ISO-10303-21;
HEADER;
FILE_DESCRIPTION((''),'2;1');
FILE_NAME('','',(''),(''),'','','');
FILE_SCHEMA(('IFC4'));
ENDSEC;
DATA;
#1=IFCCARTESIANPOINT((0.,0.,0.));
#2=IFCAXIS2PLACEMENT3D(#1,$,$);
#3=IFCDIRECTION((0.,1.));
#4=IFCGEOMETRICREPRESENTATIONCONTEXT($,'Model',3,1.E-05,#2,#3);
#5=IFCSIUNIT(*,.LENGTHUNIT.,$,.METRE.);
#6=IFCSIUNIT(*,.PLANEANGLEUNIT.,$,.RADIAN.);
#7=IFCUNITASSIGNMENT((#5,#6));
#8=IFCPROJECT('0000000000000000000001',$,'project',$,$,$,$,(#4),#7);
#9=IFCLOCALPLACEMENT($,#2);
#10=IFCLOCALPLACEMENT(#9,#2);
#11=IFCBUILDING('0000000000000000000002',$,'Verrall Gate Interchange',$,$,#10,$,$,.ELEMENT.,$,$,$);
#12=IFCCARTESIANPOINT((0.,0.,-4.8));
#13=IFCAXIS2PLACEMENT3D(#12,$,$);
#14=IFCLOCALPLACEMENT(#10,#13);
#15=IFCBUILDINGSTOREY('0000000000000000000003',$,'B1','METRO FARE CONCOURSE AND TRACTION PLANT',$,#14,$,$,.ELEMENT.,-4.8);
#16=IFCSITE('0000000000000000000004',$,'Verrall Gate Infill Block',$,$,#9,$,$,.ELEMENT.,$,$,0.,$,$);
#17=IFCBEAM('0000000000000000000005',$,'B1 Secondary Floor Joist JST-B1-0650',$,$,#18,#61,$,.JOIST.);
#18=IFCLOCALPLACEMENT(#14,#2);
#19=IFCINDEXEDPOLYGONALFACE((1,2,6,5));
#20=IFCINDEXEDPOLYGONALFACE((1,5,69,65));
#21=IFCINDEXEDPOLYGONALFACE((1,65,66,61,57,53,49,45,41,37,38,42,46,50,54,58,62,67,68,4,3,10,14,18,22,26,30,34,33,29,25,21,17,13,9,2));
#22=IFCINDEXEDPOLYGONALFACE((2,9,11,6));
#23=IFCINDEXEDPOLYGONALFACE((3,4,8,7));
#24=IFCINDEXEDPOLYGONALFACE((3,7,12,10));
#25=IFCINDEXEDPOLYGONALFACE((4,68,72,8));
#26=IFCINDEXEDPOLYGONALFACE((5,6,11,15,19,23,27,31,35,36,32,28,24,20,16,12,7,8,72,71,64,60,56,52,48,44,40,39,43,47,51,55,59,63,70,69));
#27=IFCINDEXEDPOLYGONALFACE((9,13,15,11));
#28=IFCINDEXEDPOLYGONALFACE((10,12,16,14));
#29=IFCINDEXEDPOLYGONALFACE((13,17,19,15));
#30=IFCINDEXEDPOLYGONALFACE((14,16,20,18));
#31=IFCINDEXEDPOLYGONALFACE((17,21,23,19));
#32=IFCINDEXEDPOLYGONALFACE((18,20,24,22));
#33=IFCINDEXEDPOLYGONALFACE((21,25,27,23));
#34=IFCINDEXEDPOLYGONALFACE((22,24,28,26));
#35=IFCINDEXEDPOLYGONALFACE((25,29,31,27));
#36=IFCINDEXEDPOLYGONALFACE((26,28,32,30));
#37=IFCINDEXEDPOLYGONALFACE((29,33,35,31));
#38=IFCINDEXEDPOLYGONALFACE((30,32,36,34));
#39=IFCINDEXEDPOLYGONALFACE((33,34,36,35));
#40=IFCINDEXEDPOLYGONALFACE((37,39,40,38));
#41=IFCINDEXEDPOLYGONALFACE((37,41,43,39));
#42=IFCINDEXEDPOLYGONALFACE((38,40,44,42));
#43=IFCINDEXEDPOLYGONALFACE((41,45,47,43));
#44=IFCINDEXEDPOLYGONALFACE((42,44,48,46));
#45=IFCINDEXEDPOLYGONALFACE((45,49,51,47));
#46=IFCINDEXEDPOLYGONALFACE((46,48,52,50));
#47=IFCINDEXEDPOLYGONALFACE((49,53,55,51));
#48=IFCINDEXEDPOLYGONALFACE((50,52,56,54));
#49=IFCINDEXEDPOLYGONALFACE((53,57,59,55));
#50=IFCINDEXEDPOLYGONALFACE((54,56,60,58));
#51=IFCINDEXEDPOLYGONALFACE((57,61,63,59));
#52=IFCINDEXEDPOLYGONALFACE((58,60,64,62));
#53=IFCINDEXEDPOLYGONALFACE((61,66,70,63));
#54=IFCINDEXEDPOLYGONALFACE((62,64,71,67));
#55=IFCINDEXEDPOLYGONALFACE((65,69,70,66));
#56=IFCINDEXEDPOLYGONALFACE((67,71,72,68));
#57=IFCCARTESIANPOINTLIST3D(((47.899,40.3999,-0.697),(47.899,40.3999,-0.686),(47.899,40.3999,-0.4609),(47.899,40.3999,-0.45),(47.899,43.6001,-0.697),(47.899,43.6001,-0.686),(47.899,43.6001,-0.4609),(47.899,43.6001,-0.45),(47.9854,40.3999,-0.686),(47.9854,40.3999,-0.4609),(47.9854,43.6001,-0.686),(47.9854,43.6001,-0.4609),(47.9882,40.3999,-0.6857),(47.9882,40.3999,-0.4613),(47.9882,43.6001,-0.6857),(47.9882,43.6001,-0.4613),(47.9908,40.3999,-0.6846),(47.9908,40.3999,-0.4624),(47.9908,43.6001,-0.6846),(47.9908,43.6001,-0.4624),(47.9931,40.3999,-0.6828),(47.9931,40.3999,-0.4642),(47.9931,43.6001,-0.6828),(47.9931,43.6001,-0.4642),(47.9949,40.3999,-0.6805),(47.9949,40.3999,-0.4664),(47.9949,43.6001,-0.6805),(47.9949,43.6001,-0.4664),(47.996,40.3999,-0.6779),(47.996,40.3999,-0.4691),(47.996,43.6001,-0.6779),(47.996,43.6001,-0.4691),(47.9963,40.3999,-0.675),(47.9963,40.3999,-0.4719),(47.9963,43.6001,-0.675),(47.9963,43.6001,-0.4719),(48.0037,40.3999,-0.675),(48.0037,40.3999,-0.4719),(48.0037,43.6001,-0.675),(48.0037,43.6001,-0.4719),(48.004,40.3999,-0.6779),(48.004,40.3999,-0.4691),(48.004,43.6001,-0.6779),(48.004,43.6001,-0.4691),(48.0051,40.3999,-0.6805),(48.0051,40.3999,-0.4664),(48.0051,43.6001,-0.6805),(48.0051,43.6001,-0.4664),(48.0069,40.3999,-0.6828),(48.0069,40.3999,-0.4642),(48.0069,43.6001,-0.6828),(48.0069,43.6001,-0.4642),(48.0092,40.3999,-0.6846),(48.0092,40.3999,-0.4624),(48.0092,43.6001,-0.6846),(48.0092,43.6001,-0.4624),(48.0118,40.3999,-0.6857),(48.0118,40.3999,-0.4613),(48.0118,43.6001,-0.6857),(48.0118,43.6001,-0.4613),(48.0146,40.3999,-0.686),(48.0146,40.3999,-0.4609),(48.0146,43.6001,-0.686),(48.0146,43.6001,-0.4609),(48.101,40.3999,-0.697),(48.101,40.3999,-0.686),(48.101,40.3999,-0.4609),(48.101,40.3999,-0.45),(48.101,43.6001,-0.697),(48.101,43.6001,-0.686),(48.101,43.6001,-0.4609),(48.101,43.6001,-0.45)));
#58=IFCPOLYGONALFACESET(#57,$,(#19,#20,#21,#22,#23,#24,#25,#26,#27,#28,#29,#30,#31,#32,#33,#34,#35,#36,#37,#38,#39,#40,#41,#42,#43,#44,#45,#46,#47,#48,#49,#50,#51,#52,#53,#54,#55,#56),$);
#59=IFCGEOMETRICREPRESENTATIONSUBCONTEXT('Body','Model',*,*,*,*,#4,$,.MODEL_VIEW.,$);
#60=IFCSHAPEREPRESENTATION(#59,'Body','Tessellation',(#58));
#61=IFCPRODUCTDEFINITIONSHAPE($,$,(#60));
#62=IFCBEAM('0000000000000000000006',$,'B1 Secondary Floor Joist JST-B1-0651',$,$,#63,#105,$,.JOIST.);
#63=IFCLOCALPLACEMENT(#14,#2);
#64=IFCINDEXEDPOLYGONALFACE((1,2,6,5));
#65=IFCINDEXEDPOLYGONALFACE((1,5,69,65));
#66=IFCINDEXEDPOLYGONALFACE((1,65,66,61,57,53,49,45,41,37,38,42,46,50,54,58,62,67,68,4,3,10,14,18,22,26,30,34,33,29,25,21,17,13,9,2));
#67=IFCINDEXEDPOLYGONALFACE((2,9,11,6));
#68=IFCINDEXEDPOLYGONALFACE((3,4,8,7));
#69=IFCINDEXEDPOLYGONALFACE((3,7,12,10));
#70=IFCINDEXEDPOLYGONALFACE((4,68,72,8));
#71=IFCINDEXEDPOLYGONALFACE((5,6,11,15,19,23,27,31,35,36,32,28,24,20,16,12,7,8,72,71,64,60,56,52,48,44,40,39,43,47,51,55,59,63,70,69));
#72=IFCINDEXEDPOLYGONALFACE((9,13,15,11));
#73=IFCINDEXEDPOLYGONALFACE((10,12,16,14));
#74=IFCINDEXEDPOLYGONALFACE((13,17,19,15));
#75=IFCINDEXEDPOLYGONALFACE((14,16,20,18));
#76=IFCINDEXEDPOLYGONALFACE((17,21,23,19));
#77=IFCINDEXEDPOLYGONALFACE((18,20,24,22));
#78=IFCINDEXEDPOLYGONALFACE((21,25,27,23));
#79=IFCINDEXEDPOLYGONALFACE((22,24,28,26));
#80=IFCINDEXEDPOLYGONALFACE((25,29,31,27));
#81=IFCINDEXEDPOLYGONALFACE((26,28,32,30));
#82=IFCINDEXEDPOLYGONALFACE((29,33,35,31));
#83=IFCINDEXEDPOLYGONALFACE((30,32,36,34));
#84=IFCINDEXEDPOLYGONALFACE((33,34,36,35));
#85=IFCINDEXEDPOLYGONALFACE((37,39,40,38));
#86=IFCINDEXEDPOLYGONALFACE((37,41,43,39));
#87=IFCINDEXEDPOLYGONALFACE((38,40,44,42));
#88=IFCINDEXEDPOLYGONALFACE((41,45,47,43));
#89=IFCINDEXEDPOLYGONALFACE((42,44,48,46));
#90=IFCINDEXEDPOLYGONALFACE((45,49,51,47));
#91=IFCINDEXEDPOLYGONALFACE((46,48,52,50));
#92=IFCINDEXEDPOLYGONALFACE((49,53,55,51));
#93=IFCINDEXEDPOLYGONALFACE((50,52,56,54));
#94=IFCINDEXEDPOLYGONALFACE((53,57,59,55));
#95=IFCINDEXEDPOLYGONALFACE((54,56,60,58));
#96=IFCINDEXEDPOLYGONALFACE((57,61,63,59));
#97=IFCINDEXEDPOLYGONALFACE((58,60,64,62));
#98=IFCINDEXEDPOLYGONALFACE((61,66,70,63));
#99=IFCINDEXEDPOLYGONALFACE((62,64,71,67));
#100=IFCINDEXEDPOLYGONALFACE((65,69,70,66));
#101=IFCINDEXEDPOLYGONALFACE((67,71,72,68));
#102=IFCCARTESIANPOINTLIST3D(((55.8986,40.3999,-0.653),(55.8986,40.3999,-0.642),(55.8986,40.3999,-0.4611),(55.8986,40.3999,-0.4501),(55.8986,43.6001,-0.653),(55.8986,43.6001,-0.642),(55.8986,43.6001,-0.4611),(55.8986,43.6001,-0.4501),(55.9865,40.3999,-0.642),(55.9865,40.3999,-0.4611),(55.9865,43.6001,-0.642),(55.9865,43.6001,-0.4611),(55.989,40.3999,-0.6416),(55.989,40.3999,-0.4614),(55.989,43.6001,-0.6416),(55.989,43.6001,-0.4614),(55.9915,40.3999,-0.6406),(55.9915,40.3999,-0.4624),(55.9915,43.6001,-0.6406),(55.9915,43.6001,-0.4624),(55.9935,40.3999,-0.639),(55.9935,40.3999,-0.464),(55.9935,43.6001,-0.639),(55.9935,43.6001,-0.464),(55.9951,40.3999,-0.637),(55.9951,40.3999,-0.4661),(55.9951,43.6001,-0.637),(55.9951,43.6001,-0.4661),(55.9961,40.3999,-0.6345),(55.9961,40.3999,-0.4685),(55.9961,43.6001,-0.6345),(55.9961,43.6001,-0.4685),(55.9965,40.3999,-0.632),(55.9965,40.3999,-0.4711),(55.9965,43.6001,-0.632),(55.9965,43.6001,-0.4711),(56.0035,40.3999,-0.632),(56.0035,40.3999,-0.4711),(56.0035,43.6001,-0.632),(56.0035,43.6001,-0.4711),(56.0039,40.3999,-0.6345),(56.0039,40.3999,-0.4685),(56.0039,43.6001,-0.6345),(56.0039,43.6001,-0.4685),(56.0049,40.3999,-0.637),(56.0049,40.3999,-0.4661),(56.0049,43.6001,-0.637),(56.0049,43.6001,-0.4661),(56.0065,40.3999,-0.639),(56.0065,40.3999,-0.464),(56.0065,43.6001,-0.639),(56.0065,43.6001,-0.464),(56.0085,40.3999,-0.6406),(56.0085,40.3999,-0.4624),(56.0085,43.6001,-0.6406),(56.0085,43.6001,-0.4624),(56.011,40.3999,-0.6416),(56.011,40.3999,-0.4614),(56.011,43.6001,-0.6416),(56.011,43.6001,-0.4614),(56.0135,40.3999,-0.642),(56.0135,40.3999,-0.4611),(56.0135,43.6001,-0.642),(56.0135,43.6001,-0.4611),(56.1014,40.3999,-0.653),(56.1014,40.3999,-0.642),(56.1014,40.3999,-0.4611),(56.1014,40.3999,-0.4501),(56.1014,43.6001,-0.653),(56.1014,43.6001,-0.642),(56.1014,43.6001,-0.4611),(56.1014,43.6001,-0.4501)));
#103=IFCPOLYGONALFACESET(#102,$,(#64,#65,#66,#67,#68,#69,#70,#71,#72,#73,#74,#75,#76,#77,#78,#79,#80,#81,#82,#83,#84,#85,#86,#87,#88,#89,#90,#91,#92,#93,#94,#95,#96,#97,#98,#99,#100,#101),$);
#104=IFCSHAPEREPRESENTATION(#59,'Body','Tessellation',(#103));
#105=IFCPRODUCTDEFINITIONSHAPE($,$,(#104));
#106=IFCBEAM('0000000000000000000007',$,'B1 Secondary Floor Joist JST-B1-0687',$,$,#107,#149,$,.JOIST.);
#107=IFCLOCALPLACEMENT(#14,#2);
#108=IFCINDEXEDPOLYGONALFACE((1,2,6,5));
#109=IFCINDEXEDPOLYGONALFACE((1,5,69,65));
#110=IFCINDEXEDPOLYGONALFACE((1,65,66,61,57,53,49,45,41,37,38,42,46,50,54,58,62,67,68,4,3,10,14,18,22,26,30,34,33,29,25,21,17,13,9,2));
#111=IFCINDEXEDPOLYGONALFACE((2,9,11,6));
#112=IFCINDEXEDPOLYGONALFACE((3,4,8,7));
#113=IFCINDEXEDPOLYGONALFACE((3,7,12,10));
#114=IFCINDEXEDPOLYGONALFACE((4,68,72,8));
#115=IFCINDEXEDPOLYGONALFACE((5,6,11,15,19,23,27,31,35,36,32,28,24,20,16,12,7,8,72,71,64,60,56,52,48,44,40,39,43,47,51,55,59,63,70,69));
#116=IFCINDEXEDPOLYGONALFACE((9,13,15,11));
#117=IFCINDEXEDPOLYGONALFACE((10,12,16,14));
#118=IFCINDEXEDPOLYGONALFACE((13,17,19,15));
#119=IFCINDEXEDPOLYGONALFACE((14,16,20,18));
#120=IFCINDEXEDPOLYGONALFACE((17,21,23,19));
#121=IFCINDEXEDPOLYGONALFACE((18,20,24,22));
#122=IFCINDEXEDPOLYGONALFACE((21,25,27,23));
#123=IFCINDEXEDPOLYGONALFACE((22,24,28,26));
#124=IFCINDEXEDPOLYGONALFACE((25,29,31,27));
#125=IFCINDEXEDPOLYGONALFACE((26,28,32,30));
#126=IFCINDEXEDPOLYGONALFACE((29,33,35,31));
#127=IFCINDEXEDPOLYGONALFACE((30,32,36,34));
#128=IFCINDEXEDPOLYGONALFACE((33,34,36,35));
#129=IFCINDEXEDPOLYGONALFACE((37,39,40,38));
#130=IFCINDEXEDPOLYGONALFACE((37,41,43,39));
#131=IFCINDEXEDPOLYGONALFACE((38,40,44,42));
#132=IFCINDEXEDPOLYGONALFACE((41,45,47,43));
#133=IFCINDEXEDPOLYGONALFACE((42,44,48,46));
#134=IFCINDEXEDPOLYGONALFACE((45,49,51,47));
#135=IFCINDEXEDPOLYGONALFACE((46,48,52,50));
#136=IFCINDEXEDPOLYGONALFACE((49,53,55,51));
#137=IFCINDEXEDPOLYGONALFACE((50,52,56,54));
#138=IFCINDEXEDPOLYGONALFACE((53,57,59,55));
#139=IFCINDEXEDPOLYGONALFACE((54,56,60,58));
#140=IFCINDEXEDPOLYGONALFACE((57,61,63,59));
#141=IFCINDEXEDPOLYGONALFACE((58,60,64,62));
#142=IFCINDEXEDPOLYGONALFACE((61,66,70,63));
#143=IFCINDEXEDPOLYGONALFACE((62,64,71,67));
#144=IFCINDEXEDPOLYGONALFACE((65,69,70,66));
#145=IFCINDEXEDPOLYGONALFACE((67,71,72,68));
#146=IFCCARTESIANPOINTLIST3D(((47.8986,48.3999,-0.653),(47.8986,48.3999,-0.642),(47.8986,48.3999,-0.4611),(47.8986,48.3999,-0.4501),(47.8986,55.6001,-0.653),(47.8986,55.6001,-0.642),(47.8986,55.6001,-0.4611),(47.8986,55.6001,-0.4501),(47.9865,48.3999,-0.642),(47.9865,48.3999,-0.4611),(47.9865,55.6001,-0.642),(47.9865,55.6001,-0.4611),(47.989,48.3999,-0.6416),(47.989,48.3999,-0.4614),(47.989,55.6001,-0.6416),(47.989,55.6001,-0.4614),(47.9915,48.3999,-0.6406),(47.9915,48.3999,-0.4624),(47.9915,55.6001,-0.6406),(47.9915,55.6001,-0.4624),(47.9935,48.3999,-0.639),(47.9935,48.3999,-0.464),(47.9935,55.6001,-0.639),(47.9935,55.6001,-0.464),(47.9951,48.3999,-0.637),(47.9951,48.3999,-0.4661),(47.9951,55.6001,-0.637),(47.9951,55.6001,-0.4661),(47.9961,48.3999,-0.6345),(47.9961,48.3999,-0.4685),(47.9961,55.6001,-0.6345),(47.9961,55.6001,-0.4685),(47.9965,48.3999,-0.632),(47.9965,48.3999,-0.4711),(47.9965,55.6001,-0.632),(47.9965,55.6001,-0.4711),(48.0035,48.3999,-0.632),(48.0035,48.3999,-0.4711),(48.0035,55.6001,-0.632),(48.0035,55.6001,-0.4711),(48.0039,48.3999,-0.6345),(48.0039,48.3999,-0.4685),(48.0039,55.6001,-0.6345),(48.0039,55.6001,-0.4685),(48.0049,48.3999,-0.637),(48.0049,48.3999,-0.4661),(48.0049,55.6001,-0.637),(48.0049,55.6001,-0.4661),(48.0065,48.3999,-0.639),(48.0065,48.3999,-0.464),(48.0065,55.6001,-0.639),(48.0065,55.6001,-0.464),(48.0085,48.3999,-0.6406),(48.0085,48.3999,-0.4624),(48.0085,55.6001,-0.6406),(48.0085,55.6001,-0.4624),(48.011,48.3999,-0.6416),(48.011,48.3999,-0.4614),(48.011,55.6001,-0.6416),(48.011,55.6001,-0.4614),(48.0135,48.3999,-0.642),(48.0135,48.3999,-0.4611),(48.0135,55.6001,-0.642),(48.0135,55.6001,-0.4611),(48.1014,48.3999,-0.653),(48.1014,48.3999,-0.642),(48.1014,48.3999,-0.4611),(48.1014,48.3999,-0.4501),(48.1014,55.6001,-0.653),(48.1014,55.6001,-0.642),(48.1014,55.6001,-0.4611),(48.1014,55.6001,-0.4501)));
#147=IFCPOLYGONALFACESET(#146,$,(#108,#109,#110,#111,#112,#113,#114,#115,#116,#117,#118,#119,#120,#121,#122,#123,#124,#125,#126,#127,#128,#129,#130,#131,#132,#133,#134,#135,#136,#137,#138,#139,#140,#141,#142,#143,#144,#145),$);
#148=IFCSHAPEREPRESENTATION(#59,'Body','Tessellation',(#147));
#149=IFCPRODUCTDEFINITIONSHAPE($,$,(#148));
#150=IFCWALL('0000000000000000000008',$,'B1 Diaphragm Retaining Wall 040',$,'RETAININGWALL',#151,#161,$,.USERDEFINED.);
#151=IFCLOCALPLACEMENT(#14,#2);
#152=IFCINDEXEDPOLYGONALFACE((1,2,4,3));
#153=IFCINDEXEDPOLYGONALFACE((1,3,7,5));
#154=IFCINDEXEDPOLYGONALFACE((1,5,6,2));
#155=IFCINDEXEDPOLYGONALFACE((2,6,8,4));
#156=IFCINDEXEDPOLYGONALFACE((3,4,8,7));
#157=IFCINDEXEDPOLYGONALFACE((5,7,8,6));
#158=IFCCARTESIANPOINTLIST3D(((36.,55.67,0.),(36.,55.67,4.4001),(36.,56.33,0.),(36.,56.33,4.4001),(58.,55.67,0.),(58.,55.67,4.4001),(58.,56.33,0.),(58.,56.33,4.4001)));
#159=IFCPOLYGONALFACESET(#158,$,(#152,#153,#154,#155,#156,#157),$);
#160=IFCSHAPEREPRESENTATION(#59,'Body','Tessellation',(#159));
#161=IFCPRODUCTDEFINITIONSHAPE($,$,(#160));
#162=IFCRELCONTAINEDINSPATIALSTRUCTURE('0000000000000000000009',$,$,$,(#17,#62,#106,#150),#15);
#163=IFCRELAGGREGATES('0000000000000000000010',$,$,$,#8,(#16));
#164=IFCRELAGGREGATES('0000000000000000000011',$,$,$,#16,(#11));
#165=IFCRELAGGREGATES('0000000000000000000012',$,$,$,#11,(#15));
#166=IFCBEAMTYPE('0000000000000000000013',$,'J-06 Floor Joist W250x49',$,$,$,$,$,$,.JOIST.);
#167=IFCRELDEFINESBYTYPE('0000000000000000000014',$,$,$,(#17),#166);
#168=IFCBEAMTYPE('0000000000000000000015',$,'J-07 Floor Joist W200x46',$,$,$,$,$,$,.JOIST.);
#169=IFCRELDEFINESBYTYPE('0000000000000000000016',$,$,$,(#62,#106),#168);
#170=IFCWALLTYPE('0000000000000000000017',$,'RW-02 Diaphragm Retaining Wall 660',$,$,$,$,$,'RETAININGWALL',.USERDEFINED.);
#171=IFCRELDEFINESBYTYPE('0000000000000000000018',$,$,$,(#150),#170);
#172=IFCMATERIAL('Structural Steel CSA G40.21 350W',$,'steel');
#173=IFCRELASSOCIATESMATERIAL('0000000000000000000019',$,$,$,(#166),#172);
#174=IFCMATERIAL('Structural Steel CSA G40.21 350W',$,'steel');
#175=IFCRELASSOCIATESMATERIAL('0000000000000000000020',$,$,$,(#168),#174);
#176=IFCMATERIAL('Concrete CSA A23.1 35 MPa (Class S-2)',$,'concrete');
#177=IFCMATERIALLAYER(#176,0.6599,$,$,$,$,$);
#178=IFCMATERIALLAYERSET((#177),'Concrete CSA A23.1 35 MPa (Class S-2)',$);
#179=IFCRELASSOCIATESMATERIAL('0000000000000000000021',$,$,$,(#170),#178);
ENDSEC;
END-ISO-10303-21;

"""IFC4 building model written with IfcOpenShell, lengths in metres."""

from ifc_helpers import new_model, si_unit, direction, frame, frame_2d, origin, origin_2d, place, context, subcontext, project, spatial, rectangle, i_section, extrude, material, layer, layer_set, material_profile, profile_set, type_object, element, save


model = new_model("IFC4")

# Units and contexts
model_context = context("Model", 3, precision=1e-05, world=origin(), true_north=direction((0.0, 1.0)))
body_context = subcontext(model_context, "Body", "Model", "MODEL_VIEW")
ifc_project = project(units=[si_unit("LENGTHUNIT", "METRE"), si_unit("PLANEANGLEUNIT", "RADIAN")], contexts=[model_context])

# Site, building, storey
site_placement = place(None, origin())
site = spatial("IfcSite", under=ifc_project, at=site_placement, Name="Verrall Gate Infill Block", CompositionType="ELEMENT", RefElevation=0.0)
building_placement = place(site_placement, origin())
building = spatial("IfcBuilding", under=site, at=building_placement, Name="Verrall Gate Interchange", CompositionType="ELEMENT")
storey_placement = place(building_placement, frame((0.0, 0.0, -4.8)))
storey = spatial("IfcBuildingStorey", under=building, at=storey_placement, Name="B1", Description="METRO FARE CONCOURSE AND TRACTION PLANT", CompositionType="ELEMENT", Elevation=-4.8)

# Beams
ifc_material_1 = material(Name="Structural Steel CSA G40.21 350W", Category="steel")
ifc_material_profile_1 = material_profile(ifc_material_1, i_section(OverallWidth=0.2019, OverallDepth=0.2471, WebThickness=0.0073, FlangeThickness=0.011, FilletRadius=0.011, at=origin_2d()), Name="W250x49")
ifc_profile_set_1 = profile_set([ifc_material_profile_1], Name="Structural Steel CSA G40.21 350W")
beam_type_1 = type_object("IfcBeamType", Name="J-06 Floor Joist W250x49", PredefinedType="JOIST", material=ifc_profile_set_1)
beam_1_placement = place(storey_placement, frame((48.0, 40.3999, -0.5735), z_axis=(0.0, 1.0, 0.0), x_axis=(-1.0, 0.0, 0.0)))
element("IfcBeam", 1, at=beam_1_placement, inside=storey, type_object=beam_type_1, Name="B1 Secondary Floor Joist JST-B1-0650", PredefinedType="JOIST", context=body_context, shape_type="SweptSolid", body=[
    extrude(i_section(OverallWidth=0.2019, OverallDepth=0.2471, WebThickness=0.0073, FlangeThickness=0.011, FilletRadius=0.011, at=origin_2d()), origin(), (0.0, 0.0, 1.0), 3.2002),
])
ifc_material_2 = material(Name="Structural Steel CSA G40.21 350W", Category="steel")
ifc_material_profile_2 = material_profile(ifc_material_2, i_section(OverallWidth=0.2029, OverallDepth=0.2029, WebThickness=0.0071, FlangeThickness=0.011, FilletRadius=0.01, at=origin_2d()), Name="W200x46")
ifc_profile_set_2 = profile_set([ifc_material_profile_2], Name="Structural Steel CSA G40.21 350W")
beam_type_2 = type_object("IfcBeamType", Name="J-07 Floor Joist W200x46", PredefinedType="JOIST", material=ifc_profile_set_2)
beam_2_placement = place(storey_placement, frame((56.0, 40.3999, -0.5515), z_axis=(0.0, 1.0, 0.0), x_axis=(-1.0, 0.0, 0.0)))
element("IfcBeam", 2, at=beam_2_placement, inside=storey, type_object=beam_type_2, Name="B1 Secondary Floor Joist JST-B1-0651", PredefinedType="JOIST", context=body_context, shape_type="SweptSolid", body=[
    extrude(i_section(OverallWidth=0.2029, OverallDepth=0.2029, WebThickness=0.0071, FlangeThickness=0.011, FilletRadius=0.01, at=origin_2d()), origin(), (0.0, 0.0, 1.0), 3.2002),
])
beam_3_placement = place(storey_placement, frame((48.0, 48.3999, -0.5515), z_axis=(0.0, 1.0, 0.0), x_axis=(-1.0, 0.0, 0.0)))
element("IfcBeam", 3, at=beam_3_placement, inside=storey, type_object=beam_type_2, Name="B1 Secondary Floor Joist JST-B1-0687", PredefinedType="JOIST", context=body_context, shape_type="SweptSolid", body=[
    extrude(i_section(OverallWidth=0.2029, OverallDepth=0.2029, WebThickness=0.0071, FlangeThickness=0.011, FilletRadius=0.01, at=origin_2d()), origin(), (0.0, 0.0, 1.0), 7.2002),
])

# Wall
ifc_material_3 = material(Name="Concrete CSA A23.1 35 MPa (Class S-2)", Category="concrete")
ifc_layer = layer(ifc_material_3, 0.6599)
ifc_layer_set = layer_set([ifc_layer], Name="Concrete CSA A23.1 35 MPa (Class S-2)")
wall_type = type_object("IfcWallType", Name="RW-02 Diaphragm Retaining Wall 660", ElementType="RETAININGWALL", PredefinedType="USERDEFINED", material=ifc_layer_set)
wall_placement = place(storey_placement, frame((58.0, 56.0, 0.0), z_axis=(0.0, 0.0, 1.0), x_axis=(-1.0, 0.0, 0.0)))
element("IfcWall", 4, at=wall_placement, inside=storey, type_object=wall_type, Name="B1 Diaphragm Retaining Wall 040", ObjectType="RETAININGWALL", PredefinedType="USERDEFINED", context=body_context, shape_type="SweptSolid", body=[
    extrude(rectangle(XDim=22.0, YDim=0.6599, at=frame_2d((11.0, 0.0))), origin(), (0.0, 0.0, 1.0), 4.4001),
])

save(model, "model.ifc")
